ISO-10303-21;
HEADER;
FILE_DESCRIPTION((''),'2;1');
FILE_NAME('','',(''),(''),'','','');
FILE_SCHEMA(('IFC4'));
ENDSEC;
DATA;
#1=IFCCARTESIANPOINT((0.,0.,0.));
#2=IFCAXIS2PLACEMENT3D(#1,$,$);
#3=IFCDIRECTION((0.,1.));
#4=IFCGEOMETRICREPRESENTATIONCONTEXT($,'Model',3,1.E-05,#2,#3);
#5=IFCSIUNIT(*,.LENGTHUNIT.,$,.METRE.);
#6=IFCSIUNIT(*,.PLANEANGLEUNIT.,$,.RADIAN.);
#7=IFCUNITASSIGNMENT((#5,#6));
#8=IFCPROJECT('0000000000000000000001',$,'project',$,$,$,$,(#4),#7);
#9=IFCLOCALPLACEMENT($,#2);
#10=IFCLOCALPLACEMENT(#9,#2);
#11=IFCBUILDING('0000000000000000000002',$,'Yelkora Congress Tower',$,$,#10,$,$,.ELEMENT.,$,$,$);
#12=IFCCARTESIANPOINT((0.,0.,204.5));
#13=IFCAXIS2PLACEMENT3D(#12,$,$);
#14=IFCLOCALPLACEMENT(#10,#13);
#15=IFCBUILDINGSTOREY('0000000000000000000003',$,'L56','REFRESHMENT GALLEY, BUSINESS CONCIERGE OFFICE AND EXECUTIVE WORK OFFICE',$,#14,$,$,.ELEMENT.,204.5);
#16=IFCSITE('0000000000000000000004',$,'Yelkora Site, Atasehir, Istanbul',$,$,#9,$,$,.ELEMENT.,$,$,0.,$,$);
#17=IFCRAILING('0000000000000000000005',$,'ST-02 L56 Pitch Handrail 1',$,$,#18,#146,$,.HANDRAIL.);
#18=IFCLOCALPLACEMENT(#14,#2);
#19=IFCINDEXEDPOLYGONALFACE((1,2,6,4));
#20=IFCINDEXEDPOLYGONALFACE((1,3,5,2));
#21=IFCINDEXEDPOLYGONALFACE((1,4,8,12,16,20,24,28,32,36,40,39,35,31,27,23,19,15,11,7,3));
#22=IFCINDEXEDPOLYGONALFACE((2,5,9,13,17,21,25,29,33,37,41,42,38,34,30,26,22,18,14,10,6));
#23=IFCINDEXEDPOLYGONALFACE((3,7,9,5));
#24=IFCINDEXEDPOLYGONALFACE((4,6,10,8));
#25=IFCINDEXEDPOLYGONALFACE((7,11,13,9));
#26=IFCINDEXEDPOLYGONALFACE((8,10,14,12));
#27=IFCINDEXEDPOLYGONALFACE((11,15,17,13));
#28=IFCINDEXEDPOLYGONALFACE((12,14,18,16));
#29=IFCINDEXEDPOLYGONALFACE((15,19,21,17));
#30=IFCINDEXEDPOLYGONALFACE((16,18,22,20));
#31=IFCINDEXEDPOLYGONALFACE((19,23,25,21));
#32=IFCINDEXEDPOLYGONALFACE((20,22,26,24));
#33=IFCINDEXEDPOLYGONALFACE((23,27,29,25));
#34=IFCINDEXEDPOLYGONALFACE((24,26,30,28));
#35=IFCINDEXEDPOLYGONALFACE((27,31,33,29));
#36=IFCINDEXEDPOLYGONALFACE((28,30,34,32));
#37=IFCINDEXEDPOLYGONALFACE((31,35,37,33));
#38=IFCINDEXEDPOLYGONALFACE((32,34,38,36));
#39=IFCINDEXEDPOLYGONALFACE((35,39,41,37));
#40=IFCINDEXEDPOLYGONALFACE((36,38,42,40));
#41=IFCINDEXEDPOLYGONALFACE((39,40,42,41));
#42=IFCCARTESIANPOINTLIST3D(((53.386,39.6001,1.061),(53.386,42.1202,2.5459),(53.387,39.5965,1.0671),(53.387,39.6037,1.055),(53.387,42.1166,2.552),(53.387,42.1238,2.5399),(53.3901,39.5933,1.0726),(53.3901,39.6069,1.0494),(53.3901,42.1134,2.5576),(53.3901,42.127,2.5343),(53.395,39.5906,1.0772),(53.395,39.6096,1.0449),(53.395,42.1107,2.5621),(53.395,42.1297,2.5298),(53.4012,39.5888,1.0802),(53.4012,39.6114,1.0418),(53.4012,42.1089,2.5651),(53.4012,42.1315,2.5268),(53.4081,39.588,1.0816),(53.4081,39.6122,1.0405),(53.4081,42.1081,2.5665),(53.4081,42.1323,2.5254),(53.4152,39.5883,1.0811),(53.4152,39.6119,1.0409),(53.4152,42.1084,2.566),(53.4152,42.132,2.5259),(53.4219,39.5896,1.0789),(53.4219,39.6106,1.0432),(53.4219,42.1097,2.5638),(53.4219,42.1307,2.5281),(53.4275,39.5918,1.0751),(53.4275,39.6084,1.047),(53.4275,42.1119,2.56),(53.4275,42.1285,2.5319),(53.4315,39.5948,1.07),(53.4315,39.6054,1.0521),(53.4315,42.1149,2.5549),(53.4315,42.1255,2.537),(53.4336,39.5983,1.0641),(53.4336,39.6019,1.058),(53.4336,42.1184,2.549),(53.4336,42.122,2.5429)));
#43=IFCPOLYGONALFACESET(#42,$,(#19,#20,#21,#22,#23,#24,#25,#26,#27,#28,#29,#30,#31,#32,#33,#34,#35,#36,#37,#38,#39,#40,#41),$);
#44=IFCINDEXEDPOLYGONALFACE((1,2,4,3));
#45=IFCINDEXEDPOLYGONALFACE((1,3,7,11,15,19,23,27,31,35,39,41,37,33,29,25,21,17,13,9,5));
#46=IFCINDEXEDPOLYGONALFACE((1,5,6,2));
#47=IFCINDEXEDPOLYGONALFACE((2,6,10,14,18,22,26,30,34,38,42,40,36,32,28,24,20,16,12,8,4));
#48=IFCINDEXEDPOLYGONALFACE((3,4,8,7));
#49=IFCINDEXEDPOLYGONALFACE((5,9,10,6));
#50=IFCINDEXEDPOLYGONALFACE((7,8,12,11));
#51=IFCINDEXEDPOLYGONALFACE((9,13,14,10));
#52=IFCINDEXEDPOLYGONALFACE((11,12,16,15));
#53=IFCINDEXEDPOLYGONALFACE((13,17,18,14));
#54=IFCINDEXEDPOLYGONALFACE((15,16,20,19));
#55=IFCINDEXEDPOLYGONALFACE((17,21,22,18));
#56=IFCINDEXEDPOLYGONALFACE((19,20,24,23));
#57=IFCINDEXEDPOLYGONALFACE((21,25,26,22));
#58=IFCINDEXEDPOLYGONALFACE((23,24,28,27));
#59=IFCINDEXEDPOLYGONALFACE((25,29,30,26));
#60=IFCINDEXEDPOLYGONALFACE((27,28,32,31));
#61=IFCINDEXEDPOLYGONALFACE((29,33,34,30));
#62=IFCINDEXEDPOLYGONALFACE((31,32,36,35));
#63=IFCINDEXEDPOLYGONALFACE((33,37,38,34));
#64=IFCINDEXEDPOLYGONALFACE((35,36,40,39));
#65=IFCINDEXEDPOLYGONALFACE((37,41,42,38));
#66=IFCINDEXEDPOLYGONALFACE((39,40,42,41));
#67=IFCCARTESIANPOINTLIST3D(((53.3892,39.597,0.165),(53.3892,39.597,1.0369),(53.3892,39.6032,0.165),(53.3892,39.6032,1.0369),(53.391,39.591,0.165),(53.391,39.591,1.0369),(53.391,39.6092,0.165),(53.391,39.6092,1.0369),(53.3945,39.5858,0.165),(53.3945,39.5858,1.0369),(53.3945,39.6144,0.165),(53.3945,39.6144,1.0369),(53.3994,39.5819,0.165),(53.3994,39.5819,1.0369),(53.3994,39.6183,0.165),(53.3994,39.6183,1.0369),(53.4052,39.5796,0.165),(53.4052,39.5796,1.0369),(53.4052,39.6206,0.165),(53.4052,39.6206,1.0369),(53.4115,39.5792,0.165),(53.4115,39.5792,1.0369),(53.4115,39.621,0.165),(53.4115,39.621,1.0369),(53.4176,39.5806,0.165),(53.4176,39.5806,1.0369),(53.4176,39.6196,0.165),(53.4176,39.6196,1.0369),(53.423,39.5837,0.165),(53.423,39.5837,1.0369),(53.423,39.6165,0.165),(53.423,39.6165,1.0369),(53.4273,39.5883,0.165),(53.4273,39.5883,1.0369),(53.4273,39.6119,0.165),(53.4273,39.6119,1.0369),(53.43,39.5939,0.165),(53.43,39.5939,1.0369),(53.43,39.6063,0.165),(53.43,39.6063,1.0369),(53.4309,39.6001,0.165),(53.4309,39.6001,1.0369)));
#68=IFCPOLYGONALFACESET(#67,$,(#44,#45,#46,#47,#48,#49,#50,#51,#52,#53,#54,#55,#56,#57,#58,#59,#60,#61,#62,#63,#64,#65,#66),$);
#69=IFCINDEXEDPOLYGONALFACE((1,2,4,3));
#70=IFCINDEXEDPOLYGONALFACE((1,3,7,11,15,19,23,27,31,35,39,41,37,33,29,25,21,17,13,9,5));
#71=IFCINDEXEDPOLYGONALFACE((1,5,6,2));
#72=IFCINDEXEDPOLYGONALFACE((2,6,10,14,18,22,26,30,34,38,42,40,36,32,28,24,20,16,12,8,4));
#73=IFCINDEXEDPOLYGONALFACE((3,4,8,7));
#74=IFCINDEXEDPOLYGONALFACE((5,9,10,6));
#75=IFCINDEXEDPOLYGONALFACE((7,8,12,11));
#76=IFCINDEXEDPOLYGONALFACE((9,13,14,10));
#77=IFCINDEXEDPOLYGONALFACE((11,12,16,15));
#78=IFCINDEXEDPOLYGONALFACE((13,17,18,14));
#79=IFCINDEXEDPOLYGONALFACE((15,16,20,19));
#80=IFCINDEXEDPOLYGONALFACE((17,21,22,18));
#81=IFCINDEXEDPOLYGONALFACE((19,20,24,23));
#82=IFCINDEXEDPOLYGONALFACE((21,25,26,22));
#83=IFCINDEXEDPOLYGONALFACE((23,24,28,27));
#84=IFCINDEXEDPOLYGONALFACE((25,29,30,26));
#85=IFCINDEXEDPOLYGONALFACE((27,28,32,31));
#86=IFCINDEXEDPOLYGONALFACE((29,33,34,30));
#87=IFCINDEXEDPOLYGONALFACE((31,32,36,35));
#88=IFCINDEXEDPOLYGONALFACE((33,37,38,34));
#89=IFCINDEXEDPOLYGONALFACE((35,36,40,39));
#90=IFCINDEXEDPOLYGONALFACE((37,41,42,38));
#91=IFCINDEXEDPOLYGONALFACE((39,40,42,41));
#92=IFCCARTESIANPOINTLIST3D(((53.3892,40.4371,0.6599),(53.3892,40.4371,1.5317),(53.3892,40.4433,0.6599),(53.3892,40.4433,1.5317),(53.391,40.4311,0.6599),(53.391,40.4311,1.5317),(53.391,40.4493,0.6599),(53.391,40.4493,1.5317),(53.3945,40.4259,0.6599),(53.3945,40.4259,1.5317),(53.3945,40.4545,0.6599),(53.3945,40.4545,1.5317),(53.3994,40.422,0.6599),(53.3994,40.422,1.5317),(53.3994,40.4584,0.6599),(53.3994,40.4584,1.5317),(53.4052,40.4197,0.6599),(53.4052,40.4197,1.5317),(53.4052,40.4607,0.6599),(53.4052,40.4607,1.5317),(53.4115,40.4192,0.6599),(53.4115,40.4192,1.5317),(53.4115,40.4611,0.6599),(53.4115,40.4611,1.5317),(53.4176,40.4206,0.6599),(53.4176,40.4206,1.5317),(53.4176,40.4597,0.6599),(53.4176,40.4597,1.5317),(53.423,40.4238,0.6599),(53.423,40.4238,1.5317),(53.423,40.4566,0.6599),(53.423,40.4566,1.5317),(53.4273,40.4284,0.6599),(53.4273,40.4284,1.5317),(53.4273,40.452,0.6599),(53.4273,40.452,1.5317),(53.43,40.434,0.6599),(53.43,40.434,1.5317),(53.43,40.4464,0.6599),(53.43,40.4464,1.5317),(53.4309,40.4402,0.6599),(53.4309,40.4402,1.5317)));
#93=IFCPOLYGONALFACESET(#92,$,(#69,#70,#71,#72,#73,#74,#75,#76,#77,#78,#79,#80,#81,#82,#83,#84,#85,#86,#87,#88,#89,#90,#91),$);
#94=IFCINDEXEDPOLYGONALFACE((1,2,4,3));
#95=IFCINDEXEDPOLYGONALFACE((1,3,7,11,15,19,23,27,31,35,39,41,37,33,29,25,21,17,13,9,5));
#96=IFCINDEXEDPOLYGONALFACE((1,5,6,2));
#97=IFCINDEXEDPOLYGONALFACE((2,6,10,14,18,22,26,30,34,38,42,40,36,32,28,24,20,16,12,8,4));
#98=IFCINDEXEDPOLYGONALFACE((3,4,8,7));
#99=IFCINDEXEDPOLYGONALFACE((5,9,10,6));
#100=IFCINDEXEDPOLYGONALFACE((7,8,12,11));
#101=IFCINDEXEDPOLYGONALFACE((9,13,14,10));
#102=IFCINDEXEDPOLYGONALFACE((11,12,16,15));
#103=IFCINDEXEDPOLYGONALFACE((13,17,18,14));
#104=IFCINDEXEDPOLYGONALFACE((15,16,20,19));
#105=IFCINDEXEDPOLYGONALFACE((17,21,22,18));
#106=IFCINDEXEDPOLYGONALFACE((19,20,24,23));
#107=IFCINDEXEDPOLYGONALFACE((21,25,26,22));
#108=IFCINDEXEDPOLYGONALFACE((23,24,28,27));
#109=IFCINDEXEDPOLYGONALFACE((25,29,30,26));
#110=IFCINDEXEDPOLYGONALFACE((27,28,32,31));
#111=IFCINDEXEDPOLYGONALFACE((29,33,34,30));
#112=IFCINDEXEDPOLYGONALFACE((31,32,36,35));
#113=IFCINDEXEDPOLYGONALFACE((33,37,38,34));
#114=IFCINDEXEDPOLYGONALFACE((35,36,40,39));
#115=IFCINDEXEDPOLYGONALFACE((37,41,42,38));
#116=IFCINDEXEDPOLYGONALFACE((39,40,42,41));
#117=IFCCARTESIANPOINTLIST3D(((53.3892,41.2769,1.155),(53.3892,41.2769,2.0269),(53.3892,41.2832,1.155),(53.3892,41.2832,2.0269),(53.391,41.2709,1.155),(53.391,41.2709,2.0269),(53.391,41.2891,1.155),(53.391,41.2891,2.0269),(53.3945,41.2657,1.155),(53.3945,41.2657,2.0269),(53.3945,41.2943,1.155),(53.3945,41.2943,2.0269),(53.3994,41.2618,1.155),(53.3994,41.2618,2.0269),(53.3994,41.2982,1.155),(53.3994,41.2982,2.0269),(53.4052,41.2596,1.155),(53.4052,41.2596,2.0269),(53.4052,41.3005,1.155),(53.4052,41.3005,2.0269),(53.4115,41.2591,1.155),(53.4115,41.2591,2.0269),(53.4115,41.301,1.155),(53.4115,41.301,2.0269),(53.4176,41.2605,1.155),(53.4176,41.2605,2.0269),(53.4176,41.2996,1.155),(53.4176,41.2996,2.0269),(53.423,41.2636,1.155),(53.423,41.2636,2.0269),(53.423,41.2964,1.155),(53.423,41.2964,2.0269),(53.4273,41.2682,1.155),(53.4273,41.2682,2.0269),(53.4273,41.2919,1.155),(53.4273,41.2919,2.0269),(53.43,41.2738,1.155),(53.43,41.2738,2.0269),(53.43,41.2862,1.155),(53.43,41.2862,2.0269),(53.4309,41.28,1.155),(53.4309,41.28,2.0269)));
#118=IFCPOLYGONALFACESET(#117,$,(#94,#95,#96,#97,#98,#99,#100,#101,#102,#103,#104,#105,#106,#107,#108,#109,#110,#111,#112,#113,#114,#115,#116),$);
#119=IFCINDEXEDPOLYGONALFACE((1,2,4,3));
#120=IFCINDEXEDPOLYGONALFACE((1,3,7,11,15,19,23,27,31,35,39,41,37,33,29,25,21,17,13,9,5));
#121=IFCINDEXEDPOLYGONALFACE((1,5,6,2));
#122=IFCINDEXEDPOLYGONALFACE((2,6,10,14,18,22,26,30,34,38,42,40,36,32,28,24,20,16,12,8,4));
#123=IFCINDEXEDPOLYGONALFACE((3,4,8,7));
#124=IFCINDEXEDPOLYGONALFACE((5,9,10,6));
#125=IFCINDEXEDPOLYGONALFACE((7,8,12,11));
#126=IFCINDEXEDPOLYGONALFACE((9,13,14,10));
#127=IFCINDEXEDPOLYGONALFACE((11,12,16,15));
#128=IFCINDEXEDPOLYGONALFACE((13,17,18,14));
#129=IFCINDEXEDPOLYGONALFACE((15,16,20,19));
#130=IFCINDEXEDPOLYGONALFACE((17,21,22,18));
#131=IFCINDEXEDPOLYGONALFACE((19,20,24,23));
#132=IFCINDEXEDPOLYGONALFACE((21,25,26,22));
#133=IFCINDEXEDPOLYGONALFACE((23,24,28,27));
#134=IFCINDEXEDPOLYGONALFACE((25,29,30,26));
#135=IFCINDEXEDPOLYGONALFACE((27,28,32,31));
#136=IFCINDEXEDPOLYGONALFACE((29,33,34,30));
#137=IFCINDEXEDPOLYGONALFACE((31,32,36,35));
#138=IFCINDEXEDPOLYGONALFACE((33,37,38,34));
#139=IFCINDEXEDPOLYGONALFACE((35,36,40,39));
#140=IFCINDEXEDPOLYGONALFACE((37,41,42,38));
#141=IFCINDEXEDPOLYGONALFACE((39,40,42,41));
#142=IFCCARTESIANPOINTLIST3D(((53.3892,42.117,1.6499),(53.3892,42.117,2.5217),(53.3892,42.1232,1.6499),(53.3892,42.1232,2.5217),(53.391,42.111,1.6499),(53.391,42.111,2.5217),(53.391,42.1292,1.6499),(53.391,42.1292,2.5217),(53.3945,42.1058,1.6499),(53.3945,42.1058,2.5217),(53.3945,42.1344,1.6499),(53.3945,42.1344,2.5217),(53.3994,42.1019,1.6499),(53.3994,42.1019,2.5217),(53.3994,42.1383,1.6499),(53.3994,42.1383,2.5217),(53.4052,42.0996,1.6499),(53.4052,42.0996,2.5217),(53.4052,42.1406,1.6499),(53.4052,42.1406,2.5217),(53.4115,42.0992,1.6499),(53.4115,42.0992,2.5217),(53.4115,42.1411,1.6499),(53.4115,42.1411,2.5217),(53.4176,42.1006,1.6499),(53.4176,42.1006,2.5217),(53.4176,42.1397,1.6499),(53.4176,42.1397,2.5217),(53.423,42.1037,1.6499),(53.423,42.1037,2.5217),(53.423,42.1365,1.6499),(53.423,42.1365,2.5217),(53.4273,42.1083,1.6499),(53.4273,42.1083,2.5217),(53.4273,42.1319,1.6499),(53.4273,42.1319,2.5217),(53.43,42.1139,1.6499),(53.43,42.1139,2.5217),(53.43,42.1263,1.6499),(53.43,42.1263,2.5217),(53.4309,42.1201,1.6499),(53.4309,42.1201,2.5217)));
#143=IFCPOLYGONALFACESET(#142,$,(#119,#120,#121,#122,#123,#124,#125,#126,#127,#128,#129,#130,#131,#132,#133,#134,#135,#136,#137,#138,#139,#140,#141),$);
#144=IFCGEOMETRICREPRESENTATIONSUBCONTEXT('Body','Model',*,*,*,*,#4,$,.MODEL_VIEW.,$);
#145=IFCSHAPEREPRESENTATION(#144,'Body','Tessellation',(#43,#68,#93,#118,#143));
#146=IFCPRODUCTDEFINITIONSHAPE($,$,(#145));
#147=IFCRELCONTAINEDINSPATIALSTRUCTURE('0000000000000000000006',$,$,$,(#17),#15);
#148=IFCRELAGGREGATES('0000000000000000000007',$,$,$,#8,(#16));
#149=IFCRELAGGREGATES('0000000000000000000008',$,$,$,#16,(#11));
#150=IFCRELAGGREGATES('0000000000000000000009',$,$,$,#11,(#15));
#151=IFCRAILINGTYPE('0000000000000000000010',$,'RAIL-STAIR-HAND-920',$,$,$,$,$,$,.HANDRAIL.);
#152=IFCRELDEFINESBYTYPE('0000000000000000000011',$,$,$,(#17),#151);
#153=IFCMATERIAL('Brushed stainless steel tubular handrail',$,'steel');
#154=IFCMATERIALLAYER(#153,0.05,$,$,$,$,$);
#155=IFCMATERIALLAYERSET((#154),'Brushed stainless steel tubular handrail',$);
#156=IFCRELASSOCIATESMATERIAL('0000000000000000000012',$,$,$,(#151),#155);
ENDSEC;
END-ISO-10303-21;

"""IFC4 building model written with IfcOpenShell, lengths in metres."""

from ifc_helpers import new_model, si_unit, direction, frame, origin, origin_2d, place, context, subcontext, project, spatial, circle, extrude, material, layer, layer_set, type_object, element, save


model = new_model("IFC4")

# Units and contexts
model_context = context("Model", 3, precision=1e-05, world=origin(), true_north=direction((0.0, 1.0)))
body_context = subcontext(model_context, "Body", "Model", "MODEL_VIEW")
ifc_project = project(units=[si_unit("LENGTHUNIT", "METRE"), si_unit("PLANEANGLEUNIT", "RADIAN")], contexts=[model_context])

# Site, building, storey
site_placement = place(None, origin())
site = spatial("IfcSite", under=ifc_project, at=site_placement, Name="Yelkora Site, Atasehir, Istanbul", CompositionType="ELEMENT", RefElevation=0.0)
building_placement = place(site_placement, origin())
building = spatial("IfcBuilding", under=site, at=building_placement, Name="Yelkora Congress Tower", CompositionType="ELEMENT")
storey_placement = place(building_placement, frame((0.0, 0.0, 204.5)))
storey = spatial("IfcBuildingStorey", under=building, at=storey_placement, Name="L56", Description="REFRESHMENT GALLEY, BUSINESS CONCIERGE OFFICE AND EXECUTIVE WORK OFFICE", CompositionType="ELEMENT", Elevation=204.5)

# Railing
ifc_material_1 = material(Name="Brushed stainless steel tubular handrail", Category="steel")
ifc_layer_1 = layer(ifc_material_1, 0.05)
ifc_layer_set_1 = layer_set([ifc_layer_1], Name="Brushed stainless steel tubular handrail")
railing_type_1 = type_object("IfcRailingType", Name="RAIL-STAIR-HAND-920", PredefinedType="HANDRAIL", material=ifc_layer_set_1)
railing_1_placement = place(storey_placement, frame((53.4099, 39.6001, 0.165)))
element("IfcRailing", 1, at=railing_1_placement, inside=storey, type_object=railing_type_1, Name="ST-02 L56 Pitch Handrail 1", PredefinedType="HANDRAIL", context=body_context, shape_type="SweptSolid", body=[
    extrude(circle(Radius=0.0239, at=origin_2d()), frame((0.0, 0.0, 0.896), z_axis=(0.0, 0.861561, 0.507655), x_axis=(-1.0, 0.0, 0.0)), (0.0, 0.0, 1.0), 2.925),
    extrude(circle(Radius=0.021, at=origin_2d()), origin(), (0.0, 0.0, 1.0), 0.8718),
    extrude(circle(Radius=0.021, at=origin_2d()), frame((0.0, 0.8401, 0.4949)), (0.0, 0.0, 1.0), 0.8718),
    extrude(circle(Radius=0.021, at=origin_2d()), frame((0.0, 1.6799, 0.99)), (0.0, 0.0, 1.0), 0.8718),
    extrude(circle(Radius=0.021, at=origin_2d()), frame((0.0, 2.52, 1.4849)), (0.0, 0.0, 1.0), 0.8718),
])

save(model, "model.ifc")
